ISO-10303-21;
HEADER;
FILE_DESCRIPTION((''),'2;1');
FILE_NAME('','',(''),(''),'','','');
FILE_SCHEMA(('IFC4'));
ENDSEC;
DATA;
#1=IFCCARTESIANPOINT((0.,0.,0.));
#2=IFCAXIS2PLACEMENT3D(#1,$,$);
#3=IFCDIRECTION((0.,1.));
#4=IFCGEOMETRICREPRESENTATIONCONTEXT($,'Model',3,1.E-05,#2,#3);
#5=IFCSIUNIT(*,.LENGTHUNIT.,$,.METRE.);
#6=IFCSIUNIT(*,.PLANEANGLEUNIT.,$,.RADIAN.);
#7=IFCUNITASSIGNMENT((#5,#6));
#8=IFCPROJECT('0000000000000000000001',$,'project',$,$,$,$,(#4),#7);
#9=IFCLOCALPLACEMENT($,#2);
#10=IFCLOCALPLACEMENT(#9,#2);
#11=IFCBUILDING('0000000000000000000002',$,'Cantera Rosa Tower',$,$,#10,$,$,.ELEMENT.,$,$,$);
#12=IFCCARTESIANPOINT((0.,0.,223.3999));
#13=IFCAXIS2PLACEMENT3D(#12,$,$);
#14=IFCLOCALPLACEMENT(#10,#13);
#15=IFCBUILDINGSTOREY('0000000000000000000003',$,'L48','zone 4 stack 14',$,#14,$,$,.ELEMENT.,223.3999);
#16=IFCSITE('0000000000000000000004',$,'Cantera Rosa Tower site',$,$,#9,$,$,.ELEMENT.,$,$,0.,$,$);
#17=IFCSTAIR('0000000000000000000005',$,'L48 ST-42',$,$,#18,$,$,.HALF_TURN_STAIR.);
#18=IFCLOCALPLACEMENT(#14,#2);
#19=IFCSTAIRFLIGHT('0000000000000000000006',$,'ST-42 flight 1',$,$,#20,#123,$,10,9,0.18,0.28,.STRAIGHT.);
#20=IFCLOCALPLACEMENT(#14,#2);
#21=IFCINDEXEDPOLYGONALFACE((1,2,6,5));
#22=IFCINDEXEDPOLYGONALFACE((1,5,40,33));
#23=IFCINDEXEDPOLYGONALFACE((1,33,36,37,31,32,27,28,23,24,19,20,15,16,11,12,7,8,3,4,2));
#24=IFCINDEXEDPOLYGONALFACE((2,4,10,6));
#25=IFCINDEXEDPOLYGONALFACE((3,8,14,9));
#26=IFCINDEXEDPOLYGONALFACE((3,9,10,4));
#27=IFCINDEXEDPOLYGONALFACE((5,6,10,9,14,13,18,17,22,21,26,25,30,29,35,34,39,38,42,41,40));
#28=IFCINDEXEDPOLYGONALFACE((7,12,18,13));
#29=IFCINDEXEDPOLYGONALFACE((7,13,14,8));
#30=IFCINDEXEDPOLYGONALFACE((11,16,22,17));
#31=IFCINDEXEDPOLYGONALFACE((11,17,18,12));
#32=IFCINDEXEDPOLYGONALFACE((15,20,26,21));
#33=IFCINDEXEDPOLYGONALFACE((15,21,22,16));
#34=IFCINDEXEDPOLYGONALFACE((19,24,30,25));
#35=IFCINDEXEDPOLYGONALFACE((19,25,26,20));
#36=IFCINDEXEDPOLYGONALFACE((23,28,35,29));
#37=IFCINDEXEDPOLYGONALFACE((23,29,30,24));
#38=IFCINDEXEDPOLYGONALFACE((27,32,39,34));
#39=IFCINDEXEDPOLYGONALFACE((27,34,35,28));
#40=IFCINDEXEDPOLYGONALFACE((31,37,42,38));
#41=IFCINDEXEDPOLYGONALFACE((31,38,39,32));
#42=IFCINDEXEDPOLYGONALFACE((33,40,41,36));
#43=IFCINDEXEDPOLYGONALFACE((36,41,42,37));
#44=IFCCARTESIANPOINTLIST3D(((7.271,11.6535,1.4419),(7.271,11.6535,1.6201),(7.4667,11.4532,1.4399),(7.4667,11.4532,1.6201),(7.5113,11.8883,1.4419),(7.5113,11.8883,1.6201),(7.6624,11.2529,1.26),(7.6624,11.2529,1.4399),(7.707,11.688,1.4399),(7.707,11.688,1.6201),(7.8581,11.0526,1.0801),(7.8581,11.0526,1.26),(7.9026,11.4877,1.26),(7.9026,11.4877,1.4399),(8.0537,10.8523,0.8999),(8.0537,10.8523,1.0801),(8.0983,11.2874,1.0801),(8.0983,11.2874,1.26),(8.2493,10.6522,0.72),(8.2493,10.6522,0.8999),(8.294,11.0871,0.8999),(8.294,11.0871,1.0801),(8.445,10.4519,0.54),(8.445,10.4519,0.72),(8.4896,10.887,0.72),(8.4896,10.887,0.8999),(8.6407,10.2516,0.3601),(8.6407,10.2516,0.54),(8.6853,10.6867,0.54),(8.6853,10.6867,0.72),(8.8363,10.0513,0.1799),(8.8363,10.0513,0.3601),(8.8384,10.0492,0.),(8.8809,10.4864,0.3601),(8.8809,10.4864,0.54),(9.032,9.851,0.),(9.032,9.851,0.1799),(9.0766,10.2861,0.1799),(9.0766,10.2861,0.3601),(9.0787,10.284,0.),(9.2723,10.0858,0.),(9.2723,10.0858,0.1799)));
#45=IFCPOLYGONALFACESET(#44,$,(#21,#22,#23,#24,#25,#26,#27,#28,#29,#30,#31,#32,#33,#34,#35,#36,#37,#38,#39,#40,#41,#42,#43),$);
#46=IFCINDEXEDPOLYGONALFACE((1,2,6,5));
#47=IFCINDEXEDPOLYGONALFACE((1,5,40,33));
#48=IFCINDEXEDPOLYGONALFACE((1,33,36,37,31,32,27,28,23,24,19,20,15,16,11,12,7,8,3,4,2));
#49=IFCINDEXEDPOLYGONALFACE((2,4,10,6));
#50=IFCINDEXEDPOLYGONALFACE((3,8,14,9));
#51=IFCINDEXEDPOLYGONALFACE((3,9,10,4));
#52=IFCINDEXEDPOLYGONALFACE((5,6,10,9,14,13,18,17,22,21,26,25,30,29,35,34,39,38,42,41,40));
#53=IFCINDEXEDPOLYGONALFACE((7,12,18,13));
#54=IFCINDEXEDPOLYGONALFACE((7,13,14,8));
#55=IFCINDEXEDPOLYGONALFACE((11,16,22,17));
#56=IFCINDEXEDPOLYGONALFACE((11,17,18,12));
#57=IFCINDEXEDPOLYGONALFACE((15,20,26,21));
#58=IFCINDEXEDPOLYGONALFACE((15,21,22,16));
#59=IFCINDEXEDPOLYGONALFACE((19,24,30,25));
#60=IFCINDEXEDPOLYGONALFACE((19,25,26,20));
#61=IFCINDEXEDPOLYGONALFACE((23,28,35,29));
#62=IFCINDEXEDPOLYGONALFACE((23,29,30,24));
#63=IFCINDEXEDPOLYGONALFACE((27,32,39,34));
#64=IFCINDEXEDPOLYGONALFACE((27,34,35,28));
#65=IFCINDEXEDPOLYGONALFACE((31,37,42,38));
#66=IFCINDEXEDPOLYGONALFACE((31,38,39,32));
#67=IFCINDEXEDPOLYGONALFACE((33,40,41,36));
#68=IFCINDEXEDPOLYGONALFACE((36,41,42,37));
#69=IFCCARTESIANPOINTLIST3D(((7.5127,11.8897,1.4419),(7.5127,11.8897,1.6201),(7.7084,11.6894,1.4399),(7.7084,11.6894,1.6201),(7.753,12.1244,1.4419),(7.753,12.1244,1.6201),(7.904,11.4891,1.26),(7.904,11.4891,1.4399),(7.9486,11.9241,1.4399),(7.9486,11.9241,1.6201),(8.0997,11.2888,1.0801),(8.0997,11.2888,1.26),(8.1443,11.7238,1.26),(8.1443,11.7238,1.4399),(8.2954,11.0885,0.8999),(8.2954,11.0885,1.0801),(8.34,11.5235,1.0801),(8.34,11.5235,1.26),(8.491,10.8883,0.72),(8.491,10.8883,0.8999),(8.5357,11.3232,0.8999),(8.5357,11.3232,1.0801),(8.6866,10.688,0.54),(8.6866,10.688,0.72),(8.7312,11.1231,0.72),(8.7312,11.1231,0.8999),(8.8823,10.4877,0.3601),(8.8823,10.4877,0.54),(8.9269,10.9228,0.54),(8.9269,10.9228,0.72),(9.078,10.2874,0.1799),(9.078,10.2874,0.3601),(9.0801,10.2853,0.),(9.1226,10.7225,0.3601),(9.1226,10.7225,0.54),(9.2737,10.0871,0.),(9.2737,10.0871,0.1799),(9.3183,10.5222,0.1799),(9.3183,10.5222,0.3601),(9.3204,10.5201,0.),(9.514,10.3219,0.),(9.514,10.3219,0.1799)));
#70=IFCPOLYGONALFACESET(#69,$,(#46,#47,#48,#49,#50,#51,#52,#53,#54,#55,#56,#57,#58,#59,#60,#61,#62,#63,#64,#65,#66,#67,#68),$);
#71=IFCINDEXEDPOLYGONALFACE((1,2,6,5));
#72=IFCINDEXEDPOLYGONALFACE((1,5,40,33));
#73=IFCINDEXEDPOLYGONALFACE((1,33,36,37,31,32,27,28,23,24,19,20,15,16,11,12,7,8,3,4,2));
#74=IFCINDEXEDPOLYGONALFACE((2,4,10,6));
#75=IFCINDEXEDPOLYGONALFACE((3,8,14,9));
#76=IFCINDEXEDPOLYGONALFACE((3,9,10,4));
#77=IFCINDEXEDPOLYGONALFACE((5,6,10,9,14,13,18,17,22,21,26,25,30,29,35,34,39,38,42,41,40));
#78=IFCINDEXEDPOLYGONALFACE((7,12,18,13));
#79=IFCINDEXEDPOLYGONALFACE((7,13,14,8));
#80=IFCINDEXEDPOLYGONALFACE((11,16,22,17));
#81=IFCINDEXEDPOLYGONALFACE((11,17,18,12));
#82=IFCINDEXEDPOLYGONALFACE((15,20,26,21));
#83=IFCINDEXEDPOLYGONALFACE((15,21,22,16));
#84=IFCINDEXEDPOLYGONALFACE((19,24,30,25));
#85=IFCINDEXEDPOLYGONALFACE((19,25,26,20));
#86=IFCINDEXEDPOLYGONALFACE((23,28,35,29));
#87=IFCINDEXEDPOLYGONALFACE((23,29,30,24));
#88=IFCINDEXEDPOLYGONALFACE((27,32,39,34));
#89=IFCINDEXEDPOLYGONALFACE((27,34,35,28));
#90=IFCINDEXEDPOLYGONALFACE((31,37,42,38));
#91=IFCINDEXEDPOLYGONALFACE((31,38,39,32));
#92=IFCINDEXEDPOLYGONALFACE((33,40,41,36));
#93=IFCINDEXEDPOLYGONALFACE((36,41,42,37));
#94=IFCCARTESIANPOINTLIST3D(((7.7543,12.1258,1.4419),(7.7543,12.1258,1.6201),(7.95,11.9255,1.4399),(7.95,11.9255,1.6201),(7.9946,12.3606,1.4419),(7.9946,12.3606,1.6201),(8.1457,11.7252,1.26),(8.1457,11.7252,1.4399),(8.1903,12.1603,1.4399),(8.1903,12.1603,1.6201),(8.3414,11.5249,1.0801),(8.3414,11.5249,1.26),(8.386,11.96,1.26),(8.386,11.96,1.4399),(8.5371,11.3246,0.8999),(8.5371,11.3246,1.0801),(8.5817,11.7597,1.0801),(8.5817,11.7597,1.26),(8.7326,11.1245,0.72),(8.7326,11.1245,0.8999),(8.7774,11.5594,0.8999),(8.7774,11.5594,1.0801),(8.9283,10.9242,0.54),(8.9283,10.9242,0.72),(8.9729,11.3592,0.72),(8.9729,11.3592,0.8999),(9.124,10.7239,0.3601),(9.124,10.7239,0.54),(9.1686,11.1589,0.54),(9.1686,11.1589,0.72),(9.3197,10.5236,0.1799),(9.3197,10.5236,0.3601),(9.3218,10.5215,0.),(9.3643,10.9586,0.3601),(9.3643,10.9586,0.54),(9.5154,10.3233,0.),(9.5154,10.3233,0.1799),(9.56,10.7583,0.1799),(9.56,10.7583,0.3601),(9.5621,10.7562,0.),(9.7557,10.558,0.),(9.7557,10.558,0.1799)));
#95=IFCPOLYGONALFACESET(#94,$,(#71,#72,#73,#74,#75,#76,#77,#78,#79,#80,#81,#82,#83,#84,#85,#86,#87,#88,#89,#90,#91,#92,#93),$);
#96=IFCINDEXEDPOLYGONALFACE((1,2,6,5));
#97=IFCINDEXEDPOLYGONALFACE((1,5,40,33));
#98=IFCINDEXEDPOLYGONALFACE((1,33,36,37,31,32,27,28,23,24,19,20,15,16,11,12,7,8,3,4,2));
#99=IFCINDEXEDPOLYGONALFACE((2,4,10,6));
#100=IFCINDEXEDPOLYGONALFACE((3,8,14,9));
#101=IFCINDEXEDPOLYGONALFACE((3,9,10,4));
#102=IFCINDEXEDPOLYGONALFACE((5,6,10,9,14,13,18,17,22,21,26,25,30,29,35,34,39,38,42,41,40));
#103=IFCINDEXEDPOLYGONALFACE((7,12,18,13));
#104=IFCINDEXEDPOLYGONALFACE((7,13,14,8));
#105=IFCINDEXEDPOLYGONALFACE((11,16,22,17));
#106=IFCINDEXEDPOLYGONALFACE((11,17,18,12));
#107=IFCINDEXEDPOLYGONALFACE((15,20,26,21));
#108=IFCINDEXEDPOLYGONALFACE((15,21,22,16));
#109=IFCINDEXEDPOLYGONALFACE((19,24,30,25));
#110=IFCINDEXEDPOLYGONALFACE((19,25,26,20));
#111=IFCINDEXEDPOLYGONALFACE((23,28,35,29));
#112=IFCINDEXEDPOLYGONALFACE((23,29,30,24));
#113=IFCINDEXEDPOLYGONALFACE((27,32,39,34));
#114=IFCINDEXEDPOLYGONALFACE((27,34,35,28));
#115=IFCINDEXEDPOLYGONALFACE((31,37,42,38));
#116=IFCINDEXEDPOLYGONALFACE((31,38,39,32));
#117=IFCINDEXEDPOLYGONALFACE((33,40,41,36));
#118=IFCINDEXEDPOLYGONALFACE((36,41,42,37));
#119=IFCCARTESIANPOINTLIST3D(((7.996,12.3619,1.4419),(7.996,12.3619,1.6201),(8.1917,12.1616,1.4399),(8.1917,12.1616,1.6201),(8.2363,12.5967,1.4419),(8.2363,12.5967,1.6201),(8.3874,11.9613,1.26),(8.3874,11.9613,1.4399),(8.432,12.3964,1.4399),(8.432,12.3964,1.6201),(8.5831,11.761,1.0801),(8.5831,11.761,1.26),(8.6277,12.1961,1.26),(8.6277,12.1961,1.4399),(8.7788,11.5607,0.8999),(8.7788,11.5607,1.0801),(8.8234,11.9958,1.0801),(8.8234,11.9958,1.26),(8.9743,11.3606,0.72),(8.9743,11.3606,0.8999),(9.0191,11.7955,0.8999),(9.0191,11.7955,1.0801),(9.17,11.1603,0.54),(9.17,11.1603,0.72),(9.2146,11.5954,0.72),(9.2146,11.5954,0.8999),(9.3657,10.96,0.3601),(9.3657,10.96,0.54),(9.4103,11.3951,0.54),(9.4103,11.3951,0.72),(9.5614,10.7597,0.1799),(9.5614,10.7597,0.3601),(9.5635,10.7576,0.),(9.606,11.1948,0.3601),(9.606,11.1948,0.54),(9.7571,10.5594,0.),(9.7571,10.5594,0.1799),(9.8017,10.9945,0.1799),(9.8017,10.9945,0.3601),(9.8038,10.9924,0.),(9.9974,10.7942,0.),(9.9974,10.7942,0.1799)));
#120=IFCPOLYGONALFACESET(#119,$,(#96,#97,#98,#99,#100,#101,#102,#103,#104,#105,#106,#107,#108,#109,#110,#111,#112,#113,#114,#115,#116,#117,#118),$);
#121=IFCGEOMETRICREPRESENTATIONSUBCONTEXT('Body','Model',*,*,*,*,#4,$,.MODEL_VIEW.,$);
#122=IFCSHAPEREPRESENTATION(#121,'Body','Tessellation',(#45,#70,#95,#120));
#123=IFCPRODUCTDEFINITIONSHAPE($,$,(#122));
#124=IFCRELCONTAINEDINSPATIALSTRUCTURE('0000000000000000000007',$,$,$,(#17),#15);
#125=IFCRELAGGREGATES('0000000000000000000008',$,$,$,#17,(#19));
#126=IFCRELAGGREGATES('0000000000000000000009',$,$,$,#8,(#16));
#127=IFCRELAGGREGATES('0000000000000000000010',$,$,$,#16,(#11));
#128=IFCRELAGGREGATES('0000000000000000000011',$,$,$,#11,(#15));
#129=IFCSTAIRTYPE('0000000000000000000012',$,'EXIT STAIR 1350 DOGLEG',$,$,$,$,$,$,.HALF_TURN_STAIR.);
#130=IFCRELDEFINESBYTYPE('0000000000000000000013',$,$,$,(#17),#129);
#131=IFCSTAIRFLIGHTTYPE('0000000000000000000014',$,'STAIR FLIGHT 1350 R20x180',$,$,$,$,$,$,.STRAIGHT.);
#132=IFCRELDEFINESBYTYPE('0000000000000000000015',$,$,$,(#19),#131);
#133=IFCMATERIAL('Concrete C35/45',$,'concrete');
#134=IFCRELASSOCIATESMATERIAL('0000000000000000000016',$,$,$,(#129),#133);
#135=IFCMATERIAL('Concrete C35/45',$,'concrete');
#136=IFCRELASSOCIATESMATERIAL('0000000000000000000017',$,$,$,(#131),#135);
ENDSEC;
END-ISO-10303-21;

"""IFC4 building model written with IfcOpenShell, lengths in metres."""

from ifc_helpers import new_model, si_unit, direction, frame, origin, place, context, subcontext, project, spatial, polyline, outline, extrude, material, type_object, element, aggregate, save


model = new_model("IFC4")

# Units and contexts
model_context = context("Model", 3, precision=1e-05, world=origin(), true_north=direction((0.0, 1.0)))
body_context = subcontext(model_context, "Body", "Model", "MODEL_VIEW")
ifc_project = project(units=[si_unit("LENGTHUNIT", "METRE"), si_unit("PLANEANGLEUNIT", "RADIAN")], contexts=[model_context])

# Site, building, storey
site_placement = place(None, origin())
site = spatial("IfcSite", under=ifc_project, at=site_placement, Name="Cantera Rosa Tower site", CompositionType="ELEMENT", RefElevation=0.0)
building_placement = place(site_placement, origin())
building = spatial("IfcBuilding", under=site, at=building_placement, Name="Cantera Rosa Tower", CompositionType="ELEMENT")
storey_placement = place(building_placement, frame((0.0, 0.0, 223.3999)))
storey = spatial("IfcBuildingStorey", under=building, at=storey_placement, Name="L48", Description="zone 4 stack 14", CompositionType="ELEMENT", Elevation=223.3999)

# Shared definitions
ifc_material_1 = material(Name="Concrete C35/45", Category="concrete")
stair_type = type_object("IfcStairType", Name="EXIT STAIR 1350 DOGLEG", PredefinedType="HALF_TURN_STAIR", material=ifc_material_1)
ifc_material_2 = material(Name="Concrete C35/45", Category="concrete")
stair_flight_type = type_object("IfcStairFlightType", Name="STAIR FLIGHT 1350 R20x180", PredefinedType="STRAIGHT", material=ifc_material_2)

# Stair, stair flight
stair_1_placement = place(storey_placement, origin())
stair_1 = element("IfcStair", 1, at=stair_1_placement, inside=storey, type_object=stair_type, Name="L48 ST-42", PredefinedType="HALF_TURN_STAIR")
stair_flight_1_placement = place(storey_placement, frame((9.5149, 10.3228, 0.0), z_axis=(0.0, 0.0, 1.0), x_axis=(-0.698832, 0.715286, 0.0)))
stair_flight_1 = element("IfcStairFlight", 2, at=stair_flight_1_placement, type_object=stair_flight_type, Name="ST-42 flight 1", NumberOfRisers=10, NumberOfTreads=9, PredefinedType="STRAIGHT", RiserHeight=0.18, TreadLength=0.28, context=body_context, shape_type="SweptSolid", body=[
    extrude(outline(polyline([(0.0, 0.0), (0.0, 0.1799), (0.28, 0.1799), (0.28, 0.3601), (0.5601, 0.3601), (0.5601, 0.54), (0.8401, 0.54), (0.8401, 0.72), (1.1201, 0.72), (1.1201, 0.8999), (1.3999, 0.8999), (1.3999, 1.0801), (1.6799, 1.0801), (1.6799, 1.26), (1.96, 1.26), (1.96, 1.4399), (2.24, 1.4399), (2.24, 1.6201), (2.52, 1.6201), (2.52, 1.8), (2.52, 1.4419), (0.2771, 0.0), (0.0, 0.0)])), frame((0.0, 0.675, 0.0), z_axis=(0.0, -1.0, 0.0), x_axis=(1.0, 0.0, 0.0)), (0.0, 0.0, 1.0), 0.3359),
    extrude(outline(polyline([(0.0, 0.0), (0.0, 0.1799), (0.28, 0.1799), (0.28, 0.3601), (0.5601, 0.3601), (0.5601, 0.54), (0.8401, 0.54), (0.8401, 0.72), (1.1201, 0.72), (1.1201, 0.8999), (1.3999, 0.8999), (1.3999, 1.0801), (1.6799, 1.0801), (1.6799, 1.26), (1.96, 1.26), (1.96, 1.4399), (2.24, 1.4399), (2.24, 1.6201), (2.52, 1.6201), (2.52, 1.8), (2.52, 1.4419), (0.2771, 0.0), (0.0, 0.0)])), frame((0.0, 0.3372, 0.0), z_axis=(0.0, -1.0, 0.0), x_axis=(1.0, 0.0, 0.0)), (0.0, 0.0, 1.0), 0.3359),
    extrude(outline(polyline([(0.0, 0.0), (0.0, 0.1799), (0.28, 0.1799), (0.28, 0.3601), (0.5601, 0.3601), (0.5601, 0.54), (0.8401, 0.54), (0.8401, 0.72), (1.1201, 0.72), (1.1201, 0.8999), (1.3999, 0.8999), (1.3999, 1.0801), (1.6799, 1.0801), (1.6799, 1.26), (1.96, 1.26), (1.96, 1.4399), (2.24, 1.4399), (2.24, 1.6201), (2.52, 1.6201), (2.52, 1.8), (2.52, 1.4419), (0.2771, 0.0), (0.0, 0.0)])), frame((0.0, -0.0007, 0.0), z_axis=(0.0, -1.0, 0.0), x_axis=(1.0, 0.0, 0.0)), (0.0, 0.0, 1.0), 0.3359),
    extrude(outline(polyline([(0.0, 0.0), (0.0, 0.1799), (0.28, 0.1799), (0.28, 0.3601), (0.5601, 0.3601), (0.5601, 0.54), (0.8401, 0.54), (0.8401, 0.72), (1.1201, 0.72), (1.1201, 0.8999), (1.3999, 0.8999), (1.3999, 1.0801), (1.6799, 1.0801), (1.6799, 1.26), (1.96, 1.26), (1.96, 1.4399), (2.24, 1.4399), (2.24, 1.6201), (2.52, 1.6201), (2.52, 1.8), (2.52, 1.4419), (0.2771, 0.0), (0.0, 0.0)])), frame((0.0, -0.3386, 0.0), z_axis=(0.0, -1.0, 0.0), x_axis=(1.0, 0.0, 0.0)), (0.0, 0.0, 1.0), 0.3359),
])
aggregate(stair_1, [stair_flight_1])

save(model, "model.ifc")
